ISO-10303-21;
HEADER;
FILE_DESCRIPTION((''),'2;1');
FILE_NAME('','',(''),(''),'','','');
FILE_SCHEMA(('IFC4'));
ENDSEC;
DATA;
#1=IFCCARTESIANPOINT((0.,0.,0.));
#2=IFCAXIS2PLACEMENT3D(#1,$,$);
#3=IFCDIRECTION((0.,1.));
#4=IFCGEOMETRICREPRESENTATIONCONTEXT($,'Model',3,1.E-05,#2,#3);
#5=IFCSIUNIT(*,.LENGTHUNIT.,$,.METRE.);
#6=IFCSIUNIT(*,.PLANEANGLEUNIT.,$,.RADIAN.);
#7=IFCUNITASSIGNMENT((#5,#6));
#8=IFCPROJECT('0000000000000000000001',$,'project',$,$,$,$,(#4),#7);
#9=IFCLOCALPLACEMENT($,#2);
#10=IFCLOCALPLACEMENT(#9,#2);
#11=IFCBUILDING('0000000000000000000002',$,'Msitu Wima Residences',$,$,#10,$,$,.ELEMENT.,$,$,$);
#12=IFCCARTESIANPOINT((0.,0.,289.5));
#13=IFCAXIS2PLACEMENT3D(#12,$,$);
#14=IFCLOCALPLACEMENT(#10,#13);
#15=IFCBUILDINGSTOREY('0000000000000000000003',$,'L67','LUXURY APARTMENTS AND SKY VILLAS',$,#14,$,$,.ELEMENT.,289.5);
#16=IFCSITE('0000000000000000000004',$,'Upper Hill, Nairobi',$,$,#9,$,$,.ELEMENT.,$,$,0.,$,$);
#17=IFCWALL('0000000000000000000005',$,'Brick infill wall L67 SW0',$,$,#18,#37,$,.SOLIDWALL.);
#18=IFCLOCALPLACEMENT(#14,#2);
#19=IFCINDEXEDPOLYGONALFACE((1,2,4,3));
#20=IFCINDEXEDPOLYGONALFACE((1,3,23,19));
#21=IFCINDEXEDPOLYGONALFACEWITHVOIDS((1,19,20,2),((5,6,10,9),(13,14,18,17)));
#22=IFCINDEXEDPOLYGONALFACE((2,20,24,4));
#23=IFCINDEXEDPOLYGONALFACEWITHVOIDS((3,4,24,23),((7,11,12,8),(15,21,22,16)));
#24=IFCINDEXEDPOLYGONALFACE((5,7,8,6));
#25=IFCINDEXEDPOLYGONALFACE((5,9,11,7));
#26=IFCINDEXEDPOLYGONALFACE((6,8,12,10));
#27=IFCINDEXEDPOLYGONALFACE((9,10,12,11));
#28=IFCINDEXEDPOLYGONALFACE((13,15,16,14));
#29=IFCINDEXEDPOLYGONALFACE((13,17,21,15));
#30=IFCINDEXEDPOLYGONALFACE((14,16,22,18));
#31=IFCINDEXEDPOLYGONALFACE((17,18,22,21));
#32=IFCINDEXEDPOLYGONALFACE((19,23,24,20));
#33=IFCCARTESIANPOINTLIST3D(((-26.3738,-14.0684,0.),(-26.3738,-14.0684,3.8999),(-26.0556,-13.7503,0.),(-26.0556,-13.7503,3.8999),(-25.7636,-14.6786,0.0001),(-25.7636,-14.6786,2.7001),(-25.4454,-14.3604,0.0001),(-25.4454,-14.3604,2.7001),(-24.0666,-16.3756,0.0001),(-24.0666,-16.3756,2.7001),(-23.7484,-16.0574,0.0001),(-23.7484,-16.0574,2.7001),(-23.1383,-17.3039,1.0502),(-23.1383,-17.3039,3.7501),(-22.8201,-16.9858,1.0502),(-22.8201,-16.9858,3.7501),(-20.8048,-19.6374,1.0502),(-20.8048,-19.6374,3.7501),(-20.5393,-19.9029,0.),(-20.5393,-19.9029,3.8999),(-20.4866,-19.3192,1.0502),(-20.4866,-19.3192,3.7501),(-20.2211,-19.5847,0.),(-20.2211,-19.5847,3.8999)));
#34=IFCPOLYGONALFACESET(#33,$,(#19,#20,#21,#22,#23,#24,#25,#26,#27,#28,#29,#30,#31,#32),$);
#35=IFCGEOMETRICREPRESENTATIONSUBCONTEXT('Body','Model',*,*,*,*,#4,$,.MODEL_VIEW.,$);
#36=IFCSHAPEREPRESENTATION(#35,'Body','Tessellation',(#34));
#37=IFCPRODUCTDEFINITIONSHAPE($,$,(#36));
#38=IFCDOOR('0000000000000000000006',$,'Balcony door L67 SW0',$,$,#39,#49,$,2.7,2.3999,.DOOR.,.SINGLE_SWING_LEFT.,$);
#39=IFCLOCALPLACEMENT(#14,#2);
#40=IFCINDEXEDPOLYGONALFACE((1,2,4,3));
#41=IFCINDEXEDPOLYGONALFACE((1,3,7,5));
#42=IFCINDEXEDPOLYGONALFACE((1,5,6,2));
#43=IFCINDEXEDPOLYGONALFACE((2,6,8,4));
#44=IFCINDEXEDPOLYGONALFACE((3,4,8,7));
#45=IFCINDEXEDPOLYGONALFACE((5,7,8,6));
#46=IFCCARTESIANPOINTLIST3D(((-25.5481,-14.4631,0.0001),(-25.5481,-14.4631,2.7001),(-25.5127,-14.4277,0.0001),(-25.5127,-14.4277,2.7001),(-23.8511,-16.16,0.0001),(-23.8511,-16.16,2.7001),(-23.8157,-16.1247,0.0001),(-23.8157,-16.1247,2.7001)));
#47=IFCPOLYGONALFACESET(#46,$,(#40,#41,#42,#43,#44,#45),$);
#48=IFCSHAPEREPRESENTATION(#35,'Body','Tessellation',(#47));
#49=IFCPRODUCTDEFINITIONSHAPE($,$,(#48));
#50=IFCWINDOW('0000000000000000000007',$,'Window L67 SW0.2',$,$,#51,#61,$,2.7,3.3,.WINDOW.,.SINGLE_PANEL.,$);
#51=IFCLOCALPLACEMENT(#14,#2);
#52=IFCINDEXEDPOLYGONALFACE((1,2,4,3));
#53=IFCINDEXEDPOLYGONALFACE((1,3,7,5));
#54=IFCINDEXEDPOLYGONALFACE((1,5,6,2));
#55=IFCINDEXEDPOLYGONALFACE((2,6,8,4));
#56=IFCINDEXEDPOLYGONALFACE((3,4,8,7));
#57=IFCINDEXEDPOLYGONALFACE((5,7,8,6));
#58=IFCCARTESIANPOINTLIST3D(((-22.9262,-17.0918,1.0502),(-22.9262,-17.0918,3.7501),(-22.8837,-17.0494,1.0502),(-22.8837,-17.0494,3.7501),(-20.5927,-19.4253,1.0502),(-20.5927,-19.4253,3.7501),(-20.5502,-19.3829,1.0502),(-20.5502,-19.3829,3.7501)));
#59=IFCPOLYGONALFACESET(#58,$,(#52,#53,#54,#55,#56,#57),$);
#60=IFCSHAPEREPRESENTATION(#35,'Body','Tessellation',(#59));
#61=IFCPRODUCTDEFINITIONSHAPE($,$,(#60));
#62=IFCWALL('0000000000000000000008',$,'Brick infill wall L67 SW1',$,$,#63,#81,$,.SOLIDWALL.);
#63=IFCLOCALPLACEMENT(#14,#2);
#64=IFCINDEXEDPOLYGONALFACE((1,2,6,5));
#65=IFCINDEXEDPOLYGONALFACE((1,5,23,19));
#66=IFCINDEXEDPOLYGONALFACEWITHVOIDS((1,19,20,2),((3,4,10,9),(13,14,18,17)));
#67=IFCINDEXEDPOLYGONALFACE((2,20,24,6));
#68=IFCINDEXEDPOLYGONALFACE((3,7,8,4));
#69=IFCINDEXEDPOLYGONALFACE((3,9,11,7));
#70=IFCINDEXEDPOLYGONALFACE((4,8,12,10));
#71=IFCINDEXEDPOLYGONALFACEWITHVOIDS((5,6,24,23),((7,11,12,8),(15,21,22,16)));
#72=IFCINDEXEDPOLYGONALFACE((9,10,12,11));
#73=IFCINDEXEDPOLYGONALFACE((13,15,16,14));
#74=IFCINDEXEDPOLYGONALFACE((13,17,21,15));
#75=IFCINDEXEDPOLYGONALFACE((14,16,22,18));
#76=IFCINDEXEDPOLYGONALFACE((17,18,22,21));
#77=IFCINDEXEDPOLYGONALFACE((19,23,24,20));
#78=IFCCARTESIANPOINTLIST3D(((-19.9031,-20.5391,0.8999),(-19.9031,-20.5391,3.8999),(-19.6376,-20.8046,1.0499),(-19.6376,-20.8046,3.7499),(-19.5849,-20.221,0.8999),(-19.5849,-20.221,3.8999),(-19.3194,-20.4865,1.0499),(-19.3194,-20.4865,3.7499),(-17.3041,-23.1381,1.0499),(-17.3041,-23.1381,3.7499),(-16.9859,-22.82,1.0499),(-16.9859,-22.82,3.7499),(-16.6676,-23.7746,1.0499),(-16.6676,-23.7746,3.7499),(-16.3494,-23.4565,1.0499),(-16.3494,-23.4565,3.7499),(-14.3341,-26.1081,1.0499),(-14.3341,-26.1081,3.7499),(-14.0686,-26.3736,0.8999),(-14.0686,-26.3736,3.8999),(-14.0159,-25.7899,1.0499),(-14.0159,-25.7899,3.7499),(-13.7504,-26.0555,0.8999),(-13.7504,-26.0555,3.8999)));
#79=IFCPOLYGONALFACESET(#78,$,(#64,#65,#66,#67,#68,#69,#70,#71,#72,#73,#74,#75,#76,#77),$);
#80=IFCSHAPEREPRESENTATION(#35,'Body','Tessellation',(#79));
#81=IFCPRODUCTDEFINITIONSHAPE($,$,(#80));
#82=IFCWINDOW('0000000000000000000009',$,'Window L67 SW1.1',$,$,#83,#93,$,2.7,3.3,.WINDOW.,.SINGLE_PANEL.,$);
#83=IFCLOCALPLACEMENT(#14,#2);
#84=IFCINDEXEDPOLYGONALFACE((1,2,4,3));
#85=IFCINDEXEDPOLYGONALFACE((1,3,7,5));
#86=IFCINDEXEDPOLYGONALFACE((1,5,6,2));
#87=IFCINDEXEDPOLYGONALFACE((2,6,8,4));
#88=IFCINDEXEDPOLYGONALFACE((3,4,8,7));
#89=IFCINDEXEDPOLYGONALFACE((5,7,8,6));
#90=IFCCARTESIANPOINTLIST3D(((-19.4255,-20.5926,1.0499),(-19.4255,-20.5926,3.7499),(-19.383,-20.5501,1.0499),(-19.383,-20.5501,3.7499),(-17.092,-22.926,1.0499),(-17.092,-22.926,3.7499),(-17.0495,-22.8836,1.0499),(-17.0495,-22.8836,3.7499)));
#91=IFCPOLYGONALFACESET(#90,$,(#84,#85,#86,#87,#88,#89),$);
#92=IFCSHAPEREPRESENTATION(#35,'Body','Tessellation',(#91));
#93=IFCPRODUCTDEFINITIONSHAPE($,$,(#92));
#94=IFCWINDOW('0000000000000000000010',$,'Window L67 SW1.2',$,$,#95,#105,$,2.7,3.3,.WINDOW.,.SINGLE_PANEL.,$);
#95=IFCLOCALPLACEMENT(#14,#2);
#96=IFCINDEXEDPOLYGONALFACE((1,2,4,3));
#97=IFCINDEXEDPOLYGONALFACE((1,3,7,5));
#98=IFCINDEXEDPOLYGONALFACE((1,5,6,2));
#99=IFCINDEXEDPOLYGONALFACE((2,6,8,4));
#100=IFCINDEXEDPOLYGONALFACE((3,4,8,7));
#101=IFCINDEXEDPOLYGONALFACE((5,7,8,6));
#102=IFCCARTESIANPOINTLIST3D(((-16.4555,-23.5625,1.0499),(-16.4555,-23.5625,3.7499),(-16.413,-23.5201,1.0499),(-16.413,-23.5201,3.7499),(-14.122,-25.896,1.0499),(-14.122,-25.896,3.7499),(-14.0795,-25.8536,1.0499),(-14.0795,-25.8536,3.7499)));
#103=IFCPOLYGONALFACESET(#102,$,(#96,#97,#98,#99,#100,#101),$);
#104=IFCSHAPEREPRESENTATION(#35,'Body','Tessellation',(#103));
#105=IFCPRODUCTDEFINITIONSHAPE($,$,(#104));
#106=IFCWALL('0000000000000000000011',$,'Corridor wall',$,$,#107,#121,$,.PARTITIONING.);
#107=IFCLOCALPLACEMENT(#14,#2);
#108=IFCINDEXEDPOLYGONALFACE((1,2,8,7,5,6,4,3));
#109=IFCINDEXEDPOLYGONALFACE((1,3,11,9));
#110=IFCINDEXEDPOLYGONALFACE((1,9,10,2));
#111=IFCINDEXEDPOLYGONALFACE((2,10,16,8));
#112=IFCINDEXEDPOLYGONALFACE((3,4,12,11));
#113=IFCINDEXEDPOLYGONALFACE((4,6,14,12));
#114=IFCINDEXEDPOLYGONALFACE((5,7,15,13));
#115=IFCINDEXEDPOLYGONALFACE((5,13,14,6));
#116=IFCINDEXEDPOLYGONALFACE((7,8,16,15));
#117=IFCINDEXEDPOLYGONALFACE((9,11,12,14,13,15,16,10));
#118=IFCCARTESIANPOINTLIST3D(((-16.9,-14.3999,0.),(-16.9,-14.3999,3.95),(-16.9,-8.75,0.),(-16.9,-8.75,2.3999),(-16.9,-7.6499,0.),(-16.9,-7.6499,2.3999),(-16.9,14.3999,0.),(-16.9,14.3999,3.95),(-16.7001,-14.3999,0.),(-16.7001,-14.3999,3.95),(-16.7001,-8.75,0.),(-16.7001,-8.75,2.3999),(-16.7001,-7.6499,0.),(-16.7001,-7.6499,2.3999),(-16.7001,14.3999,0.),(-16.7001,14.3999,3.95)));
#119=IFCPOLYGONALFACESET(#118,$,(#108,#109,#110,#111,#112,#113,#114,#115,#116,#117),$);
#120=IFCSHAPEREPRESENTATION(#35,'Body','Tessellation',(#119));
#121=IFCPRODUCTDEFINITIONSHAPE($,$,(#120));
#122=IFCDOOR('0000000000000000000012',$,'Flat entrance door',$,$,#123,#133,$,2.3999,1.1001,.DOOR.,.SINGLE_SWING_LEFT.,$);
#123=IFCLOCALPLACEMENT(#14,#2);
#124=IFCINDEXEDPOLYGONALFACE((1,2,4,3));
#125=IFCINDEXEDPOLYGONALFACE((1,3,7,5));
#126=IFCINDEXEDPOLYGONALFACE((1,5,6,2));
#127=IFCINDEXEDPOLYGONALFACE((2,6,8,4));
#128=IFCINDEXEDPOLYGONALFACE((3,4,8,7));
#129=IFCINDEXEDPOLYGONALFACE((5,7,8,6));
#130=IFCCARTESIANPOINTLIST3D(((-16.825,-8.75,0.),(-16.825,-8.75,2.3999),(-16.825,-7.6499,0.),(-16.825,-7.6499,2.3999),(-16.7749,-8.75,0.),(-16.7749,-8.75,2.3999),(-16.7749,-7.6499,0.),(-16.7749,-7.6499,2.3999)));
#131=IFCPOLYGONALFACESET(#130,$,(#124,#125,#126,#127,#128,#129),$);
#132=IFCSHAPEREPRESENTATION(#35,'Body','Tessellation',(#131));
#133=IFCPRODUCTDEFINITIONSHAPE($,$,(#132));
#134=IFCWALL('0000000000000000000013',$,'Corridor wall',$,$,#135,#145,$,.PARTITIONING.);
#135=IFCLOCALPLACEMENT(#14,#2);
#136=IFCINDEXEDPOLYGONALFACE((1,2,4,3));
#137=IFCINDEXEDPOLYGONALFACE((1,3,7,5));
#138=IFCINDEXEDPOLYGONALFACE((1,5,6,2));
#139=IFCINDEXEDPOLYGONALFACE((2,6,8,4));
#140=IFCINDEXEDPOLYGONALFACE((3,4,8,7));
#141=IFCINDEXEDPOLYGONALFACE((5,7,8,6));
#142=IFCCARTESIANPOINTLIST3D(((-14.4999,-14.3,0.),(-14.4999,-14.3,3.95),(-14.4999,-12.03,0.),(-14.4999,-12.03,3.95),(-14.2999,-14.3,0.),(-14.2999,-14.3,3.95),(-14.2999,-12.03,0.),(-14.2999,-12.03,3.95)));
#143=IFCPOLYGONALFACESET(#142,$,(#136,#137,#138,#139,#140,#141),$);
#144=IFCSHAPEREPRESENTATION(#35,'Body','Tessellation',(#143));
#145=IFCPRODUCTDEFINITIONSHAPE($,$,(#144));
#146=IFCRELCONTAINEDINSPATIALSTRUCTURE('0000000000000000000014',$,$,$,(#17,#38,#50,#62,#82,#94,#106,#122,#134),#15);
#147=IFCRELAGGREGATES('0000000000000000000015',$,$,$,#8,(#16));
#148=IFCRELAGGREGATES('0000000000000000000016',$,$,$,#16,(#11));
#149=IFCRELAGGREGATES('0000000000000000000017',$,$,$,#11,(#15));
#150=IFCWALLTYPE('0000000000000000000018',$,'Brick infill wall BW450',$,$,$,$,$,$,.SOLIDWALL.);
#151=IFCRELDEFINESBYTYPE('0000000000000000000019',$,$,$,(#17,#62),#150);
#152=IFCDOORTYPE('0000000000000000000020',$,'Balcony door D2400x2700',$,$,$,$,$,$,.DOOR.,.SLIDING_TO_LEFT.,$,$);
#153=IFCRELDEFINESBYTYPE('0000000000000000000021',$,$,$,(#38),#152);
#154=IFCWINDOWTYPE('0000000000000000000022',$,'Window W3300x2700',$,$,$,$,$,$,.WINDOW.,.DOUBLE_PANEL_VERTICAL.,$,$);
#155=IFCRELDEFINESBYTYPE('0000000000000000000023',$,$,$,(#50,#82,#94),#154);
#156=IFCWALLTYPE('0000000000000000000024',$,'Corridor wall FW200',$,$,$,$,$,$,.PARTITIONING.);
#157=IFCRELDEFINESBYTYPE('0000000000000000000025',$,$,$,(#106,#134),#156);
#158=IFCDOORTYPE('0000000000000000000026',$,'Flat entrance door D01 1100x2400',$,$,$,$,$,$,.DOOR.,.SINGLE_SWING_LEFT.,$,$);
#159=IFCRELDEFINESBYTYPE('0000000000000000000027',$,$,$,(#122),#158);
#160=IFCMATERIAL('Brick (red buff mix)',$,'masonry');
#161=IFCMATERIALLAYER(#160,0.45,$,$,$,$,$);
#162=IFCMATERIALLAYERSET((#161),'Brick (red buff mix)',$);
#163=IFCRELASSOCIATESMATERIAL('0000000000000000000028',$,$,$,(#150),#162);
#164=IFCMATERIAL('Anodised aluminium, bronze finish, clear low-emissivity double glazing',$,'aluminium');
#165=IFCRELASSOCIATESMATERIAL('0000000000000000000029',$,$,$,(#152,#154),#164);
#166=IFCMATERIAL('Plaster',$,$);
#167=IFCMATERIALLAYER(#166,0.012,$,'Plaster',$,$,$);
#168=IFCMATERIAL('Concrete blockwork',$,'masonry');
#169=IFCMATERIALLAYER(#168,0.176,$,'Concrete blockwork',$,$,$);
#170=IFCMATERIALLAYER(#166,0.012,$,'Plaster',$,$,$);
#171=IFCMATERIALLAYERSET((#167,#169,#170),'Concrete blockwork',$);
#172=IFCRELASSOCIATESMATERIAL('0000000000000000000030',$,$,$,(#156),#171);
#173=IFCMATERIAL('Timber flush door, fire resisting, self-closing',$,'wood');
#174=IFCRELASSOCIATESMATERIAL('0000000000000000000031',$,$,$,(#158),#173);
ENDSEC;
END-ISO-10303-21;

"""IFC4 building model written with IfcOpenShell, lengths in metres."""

from ifc_helpers import new_model, si_unit, direction, frame, frame_2d, origin, place, context, subcontext, project, spatial, rectangle, extrude, material, layer, layer_set, type_object, element, fill, save


model = new_model("IFC4")

# Units and contexts
model_context = context("Model", 3, precision=1e-05, world=origin(), true_north=direction((0.0, 1.0)))
body_context = subcontext(model_context, "Body", "Model", "MODEL_VIEW")
ifc_project = project(units=[si_unit("LENGTHUNIT", "METRE"), si_unit("PLANEANGLEUNIT", "RADIAN")], contexts=[model_context])

# Site, building, storey
site_placement = place(None, origin())
site = spatial("IfcSite", under=ifc_project, at=site_placement, Name="Upper Hill, Nairobi", CompositionType="ELEMENT", RefElevation=0.0)
building_placement = place(site_placement, origin())
building = spatial("IfcBuilding", under=site, at=building_placement, Name="Msitu Wima Residences", CompositionType="ELEMENT")
storey_placement = place(building_placement, frame((0.0, 0.0, 289.5)))
storey = spatial("IfcBuildingStorey", under=building, at=storey_placement, Name="L67", Description="LUXURY APARTMENTS AND SKY VILLAS", CompositionType="ELEMENT", Elevation=289.5)

# Wall, openings, door, window
ifc_material_1 = material(Name="Brick (red buff mix)", Category="masonry")
ifc_layer_1 = layer(ifc_material_1, 0.45)
ifc_layer_set_1 = layer_set([ifc_layer_1], Name="Brick (red buff mix)")
wall_type_1 = type_object("IfcWallType", Name="Brick infill wall BW450", PredefinedType="SOLIDWALL", material=ifc_layer_set_1)
wall_1_placement = place(storey_placement, frame((-26.2146, -13.9094, 0.0), z_axis=(0.0, 0.0, 1.0), x_axis=(0.707107, -0.707107, 0.0)))
wall_1 = element("IfcWall", 1, at=wall_1_placement, inside=storey, type_object=wall_type_1, Name="Brick infill wall L67 SW0", PredefinedType="SOLIDWALL", context=body_context, shape_type="SweptSolid", body=[
    extrude(rectangle(XDim=8.2512, YDim=0.45, at=frame_2d((4.1255, 0.0))), origin(), (0.0, 0.0, 1.0), 3.8999),
])
opening_1_placement = place(wall_1_placement, frame((0.8628, 0.0, 0.0)))
opening_1 = element("IfcOpeningElement", 2, at=opening_1_placement, cuts=wall_1, PredefinedType="OPENING", context=body_context, shape_type="SweptSolid", body=[
    extrude(rectangle(XDim=2.3999, YDim=2.7, at=frame_2d((1.2, 1.3501))), frame((0.0, 0.2349, 0.0), z_axis=(0.0, -1.0, 0.0), x_axis=(1.0, 0.0, 0.0)), (0.0, 0.0, 1.0), 0.47),
])
opening_2_placement = place(wall_1_placement, frame((4.5757, 0.0, 1.05)))
opening_2 = element("IfcOpeningElement", 3, at=opening_2_placement, cuts=wall_1, PredefinedType="OPENING", context=body_context, shape_type="SweptSolid", body=[
    extrude(rectangle(XDim=3.3, YDim=2.7, at=frame_2d((1.6499, 1.3501))), frame((0.0, 0.2349, 0.0), z_axis=(0.0, -1.0, 0.0), x_axis=(1.0, 0.0, 0.0)), (0.0, 0.0, 1.0), 0.47),
])
ifc_material_2 = material(Name="Anodised aluminium, bronze finish, clear low-emissivity double glazing", Category="aluminium")
door_type_1 = type_object("IfcDoorType", Name="Balcony door D2400x2700", OperationType="SLIDING_TO_LEFT", PredefinedType="DOOR", material=ifc_material_2)
door_1_placement = place(opening_1_placement, origin())
door_1 = element("IfcDoor", 4, at=door_1_placement, inside=storey, type_object=door_type_1, Name="Balcony door L67 SW0", OperationType="SINGLE_SWING_LEFT", OverallHeight=2.7, OverallWidth=2.3999, PredefinedType="DOOR", context=body_context, shape_type="SweptSolid", body=[
    extrude(rectangle(XDim=2.3999, YDim=2.7, at=frame_2d((1.2, 1.3501))), frame((0.0, 0.1299, 0.0), z_axis=(0.0, -1.0, 0.0), x_axis=(1.0, 0.0, 0.0)), (0.0, 0.0, 1.0), 0.05),
])
fill(opening_1, door_1)
window_type = type_object("IfcWindowType", Name="Window W3300x2700", PartitioningType="DOUBLE_PANEL_VERTICAL", PredefinedType="WINDOW", material=ifc_material_2)
window_1_placement = place(opening_2_placement, origin())
window_1 = element("IfcWindow", 5, at=window_1_placement, inside=storey, type_object=window_type, Name="Window L67 SW0.2", OverallHeight=2.7, OverallWidth=3.3, PartitioningType="SINGLE_PANEL", PredefinedType="WINDOW", context=body_context, shape_type="SweptSolid", body=[
    extrude(rectangle(XDim=3.3, YDim=2.7, at=frame_2d((1.6499, 1.3501))), frame((0.0, 0.135, 0.0), z_axis=(0.0, -1.0, 0.0), x_axis=(1.0, 0.0, 0.0)), (0.0, 0.0, 1.0), 0.0601),
])
fill(opening_2, window_1)

# Wall, openings, windows
wall_2_placement = place(storey_placement, frame((-19.7439, -20.3801, 0.8999), z_axis=(0.0, 0.0, 1.0), x_axis=(0.707107, -0.707107, 0.0)))
wall_2 = element("IfcWall", 6, at=wall_2_placement, inside=storey, type_object=wall_type_1, Name="Brick infill wall L67 SW1", PredefinedType="SOLIDWALL", context=body_context, shape_type="SweptSolid", body=[
    extrude(rectangle(XDim=8.2512, YDim=0.45, at=frame_2d((4.1255, 0.0))), origin(), (0.0, 0.0, 1.0), 3.0),
])
opening_3_placement = place(wall_2_placement, frame((0.3755, 0.0, 0.1499)))
opening_3 = element("IfcOpeningElement", 7, at=opening_3_placement, cuts=wall_2, PredefinedType="OPENING", context=body_context, shape_type="SweptSolid", body=[
    extrude(rectangle(XDim=3.3, YDim=2.7, at=frame_2d((1.6499, 1.3501))), frame((0.0, 0.2349, 0.0), z_axis=(0.0, -1.0, 0.0), x_axis=(1.0, 0.0, 0.0)), (0.0, 0.0, 1.0), 0.47),
])
opening_4_placement = place(wall_2_placement, frame((4.5757, 0.0, 0.1499)))
opening_4 = element("IfcOpeningElement", 8, at=opening_4_placement, cuts=wall_2, PredefinedType="OPENING", context=body_context, shape_type="SweptSolid", body=[
    extrude(rectangle(XDim=3.3, YDim=2.7, at=frame_2d((1.6499, 1.3501))), frame((0.0, 0.2349, 0.0), z_axis=(0.0, -1.0, 0.0), x_axis=(1.0, 0.0, 0.0)), (0.0, 0.0, 1.0), 0.47),
])
window_2_placement = place(opening_3_placement, origin())
window_2 = element("IfcWindow", 9, at=window_2_placement, inside=storey, type_object=window_type, Name="Window L67 SW1.1", OverallHeight=2.7, OverallWidth=3.3, PartitioningType="SINGLE_PANEL", PredefinedType="WINDOW", context=body_context, shape_type="SweptSolid", body=[
    extrude(rectangle(XDim=3.3, YDim=2.7, at=frame_2d((1.6499, 1.3501))), frame((0.0, 0.135, 0.0), z_axis=(0.0, -1.0, 0.0), x_axis=(1.0, 0.0, 0.0)), (0.0, 0.0, 1.0), 0.0601),
])
fill(opening_3, window_2)
window_3_placement = place(opening_4_placement, origin())
window_3 = element("IfcWindow", 10, at=window_3_placement, inside=storey, type_object=window_type, Name="Window L67 SW1.2", OverallHeight=2.7, OverallWidth=3.3, PartitioningType="SINGLE_PANEL", PredefinedType="WINDOW", context=body_context, shape_type="SweptSolid", body=[
    extrude(rectangle(XDim=3.3, YDim=2.7, at=frame_2d((1.6499, 1.3501))), frame((0.0, 0.135, 0.0), z_axis=(0.0, -1.0, 0.0), x_axis=(1.0, 0.0, 0.0)), (0.0, 0.0, 1.0), 0.0601),
])
fill(opening_4, window_3)

# Wall, opening, door
ifc_material_3 = material(Name="Plaster")
ifc_layer_2 = layer(ifc_material_3, 0.012, Name="Plaster")
ifc_material_4 = material(Name="Concrete blockwork", Category="masonry")
ifc_layer_3 = layer(ifc_material_4, 0.176, Name="Concrete blockwork")
ifc_layer_4 = layer(ifc_material_3, 0.012, Name="Plaster")
ifc_layer_set_2 = layer_set([ifc_layer_2, ifc_layer_3, ifc_layer_4], Name="Concrete blockwork")
wall_type_2 = type_object("IfcWallType", Name="Corridor wall FW200", PredefinedType="PARTITIONING", material=ifc_layer_set_2)
wall_3_placement = place(storey_placement, frame((-16.8, -14.3999, 0.0), z_axis=(0.0, 0.0, 1.0), x_axis=(0.0, 1.0, 0.0)))
wall_3 = element("IfcWall", 11, at=wall_3_placement, inside=storey, type_object=wall_type_2, Name="Corridor wall", PredefinedType="PARTITIONING", context=body_context, shape_type="SweptSolid", body=[
    extrude(rectangle(XDim=28.7998, YDim=0.2, at=frame_2d((14.3999, 0.0))), origin(), (0.0, 0.0, 1.0), 3.95),
])
opening_5_placement = place(wall_3_placement, frame((5.6499, 0.0, 0.0)))
opening_5 = element("IfcOpeningElement", 12, at=opening_5_placement, cuts=wall_3, PredefinedType="OPENING", context=body_context, shape_type="SweptSolid", body=[
    extrude(rectangle(XDim=1.1001, YDim=2.3999, at=frame_2d((0.55, 1.2))), frame((0.0, 0.1099, 0.0), z_axis=(0.0, -1.0, 0.0), x_axis=(1.0, 0.0, 0.0)), (0.0, 0.0, 1.0), 0.22),
])
ifc_material_5 = material(Name="Timber flush door, fire resisting, self-closing", Category="wood")
door_type_2 = type_object("IfcDoorType", Name="Flat entrance door D01 1100x2400", OperationType="SINGLE_SWING_LEFT", PredefinedType="DOOR", material=ifc_material_5)
door_2_placement = place(opening_5_placement, origin())
door_2 = element("IfcDoor", 13, at=door_2_placement, inside=storey, type_object=door_type_2, Name="Flat entrance door", OperationType="SINGLE_SWING_LEFT", OverallHeight=2.3999, OverallWidth=1.1001, PredefinedType="DOOR", context=body_context, shape_type="SweptSolid", body=[
    extrude(rectangle(XDim=1.1001, YDim=2.3999, at=frame_2d((0.55, 1.2))), frame((0.0, 0.0249, 0.0), z_axis=(0.0, -1.0, 0.0), x_axis=(1.0, 0.0, 0.0)), (0.0, 0.0, 1.0), 0.05),
])
fill(opening_5, door_2)

# Wall
wall_4_placement = place(storey_placement, frame((-14.3999, -14.3, 0.0), z_axis=(0.0, 0.0, 1.0), x_axis=(0.0, 1.0, 0.0)))
element("IfcWall", 14, at=wall_4_placement, inside=storey, type_object=wall_type_2, Name="Corridor wall", PredefinedType="PARTITIONING", context=body_context, shape_type="SweptSolid", body=[
    extrude(rectangle(XDim=2.27, YDim=0.2, at=frame_2d((1.135, 0.0))), origin(), (0.0, 0.0, 1.0), 3.95),
])

save(model, "model.ifc")
